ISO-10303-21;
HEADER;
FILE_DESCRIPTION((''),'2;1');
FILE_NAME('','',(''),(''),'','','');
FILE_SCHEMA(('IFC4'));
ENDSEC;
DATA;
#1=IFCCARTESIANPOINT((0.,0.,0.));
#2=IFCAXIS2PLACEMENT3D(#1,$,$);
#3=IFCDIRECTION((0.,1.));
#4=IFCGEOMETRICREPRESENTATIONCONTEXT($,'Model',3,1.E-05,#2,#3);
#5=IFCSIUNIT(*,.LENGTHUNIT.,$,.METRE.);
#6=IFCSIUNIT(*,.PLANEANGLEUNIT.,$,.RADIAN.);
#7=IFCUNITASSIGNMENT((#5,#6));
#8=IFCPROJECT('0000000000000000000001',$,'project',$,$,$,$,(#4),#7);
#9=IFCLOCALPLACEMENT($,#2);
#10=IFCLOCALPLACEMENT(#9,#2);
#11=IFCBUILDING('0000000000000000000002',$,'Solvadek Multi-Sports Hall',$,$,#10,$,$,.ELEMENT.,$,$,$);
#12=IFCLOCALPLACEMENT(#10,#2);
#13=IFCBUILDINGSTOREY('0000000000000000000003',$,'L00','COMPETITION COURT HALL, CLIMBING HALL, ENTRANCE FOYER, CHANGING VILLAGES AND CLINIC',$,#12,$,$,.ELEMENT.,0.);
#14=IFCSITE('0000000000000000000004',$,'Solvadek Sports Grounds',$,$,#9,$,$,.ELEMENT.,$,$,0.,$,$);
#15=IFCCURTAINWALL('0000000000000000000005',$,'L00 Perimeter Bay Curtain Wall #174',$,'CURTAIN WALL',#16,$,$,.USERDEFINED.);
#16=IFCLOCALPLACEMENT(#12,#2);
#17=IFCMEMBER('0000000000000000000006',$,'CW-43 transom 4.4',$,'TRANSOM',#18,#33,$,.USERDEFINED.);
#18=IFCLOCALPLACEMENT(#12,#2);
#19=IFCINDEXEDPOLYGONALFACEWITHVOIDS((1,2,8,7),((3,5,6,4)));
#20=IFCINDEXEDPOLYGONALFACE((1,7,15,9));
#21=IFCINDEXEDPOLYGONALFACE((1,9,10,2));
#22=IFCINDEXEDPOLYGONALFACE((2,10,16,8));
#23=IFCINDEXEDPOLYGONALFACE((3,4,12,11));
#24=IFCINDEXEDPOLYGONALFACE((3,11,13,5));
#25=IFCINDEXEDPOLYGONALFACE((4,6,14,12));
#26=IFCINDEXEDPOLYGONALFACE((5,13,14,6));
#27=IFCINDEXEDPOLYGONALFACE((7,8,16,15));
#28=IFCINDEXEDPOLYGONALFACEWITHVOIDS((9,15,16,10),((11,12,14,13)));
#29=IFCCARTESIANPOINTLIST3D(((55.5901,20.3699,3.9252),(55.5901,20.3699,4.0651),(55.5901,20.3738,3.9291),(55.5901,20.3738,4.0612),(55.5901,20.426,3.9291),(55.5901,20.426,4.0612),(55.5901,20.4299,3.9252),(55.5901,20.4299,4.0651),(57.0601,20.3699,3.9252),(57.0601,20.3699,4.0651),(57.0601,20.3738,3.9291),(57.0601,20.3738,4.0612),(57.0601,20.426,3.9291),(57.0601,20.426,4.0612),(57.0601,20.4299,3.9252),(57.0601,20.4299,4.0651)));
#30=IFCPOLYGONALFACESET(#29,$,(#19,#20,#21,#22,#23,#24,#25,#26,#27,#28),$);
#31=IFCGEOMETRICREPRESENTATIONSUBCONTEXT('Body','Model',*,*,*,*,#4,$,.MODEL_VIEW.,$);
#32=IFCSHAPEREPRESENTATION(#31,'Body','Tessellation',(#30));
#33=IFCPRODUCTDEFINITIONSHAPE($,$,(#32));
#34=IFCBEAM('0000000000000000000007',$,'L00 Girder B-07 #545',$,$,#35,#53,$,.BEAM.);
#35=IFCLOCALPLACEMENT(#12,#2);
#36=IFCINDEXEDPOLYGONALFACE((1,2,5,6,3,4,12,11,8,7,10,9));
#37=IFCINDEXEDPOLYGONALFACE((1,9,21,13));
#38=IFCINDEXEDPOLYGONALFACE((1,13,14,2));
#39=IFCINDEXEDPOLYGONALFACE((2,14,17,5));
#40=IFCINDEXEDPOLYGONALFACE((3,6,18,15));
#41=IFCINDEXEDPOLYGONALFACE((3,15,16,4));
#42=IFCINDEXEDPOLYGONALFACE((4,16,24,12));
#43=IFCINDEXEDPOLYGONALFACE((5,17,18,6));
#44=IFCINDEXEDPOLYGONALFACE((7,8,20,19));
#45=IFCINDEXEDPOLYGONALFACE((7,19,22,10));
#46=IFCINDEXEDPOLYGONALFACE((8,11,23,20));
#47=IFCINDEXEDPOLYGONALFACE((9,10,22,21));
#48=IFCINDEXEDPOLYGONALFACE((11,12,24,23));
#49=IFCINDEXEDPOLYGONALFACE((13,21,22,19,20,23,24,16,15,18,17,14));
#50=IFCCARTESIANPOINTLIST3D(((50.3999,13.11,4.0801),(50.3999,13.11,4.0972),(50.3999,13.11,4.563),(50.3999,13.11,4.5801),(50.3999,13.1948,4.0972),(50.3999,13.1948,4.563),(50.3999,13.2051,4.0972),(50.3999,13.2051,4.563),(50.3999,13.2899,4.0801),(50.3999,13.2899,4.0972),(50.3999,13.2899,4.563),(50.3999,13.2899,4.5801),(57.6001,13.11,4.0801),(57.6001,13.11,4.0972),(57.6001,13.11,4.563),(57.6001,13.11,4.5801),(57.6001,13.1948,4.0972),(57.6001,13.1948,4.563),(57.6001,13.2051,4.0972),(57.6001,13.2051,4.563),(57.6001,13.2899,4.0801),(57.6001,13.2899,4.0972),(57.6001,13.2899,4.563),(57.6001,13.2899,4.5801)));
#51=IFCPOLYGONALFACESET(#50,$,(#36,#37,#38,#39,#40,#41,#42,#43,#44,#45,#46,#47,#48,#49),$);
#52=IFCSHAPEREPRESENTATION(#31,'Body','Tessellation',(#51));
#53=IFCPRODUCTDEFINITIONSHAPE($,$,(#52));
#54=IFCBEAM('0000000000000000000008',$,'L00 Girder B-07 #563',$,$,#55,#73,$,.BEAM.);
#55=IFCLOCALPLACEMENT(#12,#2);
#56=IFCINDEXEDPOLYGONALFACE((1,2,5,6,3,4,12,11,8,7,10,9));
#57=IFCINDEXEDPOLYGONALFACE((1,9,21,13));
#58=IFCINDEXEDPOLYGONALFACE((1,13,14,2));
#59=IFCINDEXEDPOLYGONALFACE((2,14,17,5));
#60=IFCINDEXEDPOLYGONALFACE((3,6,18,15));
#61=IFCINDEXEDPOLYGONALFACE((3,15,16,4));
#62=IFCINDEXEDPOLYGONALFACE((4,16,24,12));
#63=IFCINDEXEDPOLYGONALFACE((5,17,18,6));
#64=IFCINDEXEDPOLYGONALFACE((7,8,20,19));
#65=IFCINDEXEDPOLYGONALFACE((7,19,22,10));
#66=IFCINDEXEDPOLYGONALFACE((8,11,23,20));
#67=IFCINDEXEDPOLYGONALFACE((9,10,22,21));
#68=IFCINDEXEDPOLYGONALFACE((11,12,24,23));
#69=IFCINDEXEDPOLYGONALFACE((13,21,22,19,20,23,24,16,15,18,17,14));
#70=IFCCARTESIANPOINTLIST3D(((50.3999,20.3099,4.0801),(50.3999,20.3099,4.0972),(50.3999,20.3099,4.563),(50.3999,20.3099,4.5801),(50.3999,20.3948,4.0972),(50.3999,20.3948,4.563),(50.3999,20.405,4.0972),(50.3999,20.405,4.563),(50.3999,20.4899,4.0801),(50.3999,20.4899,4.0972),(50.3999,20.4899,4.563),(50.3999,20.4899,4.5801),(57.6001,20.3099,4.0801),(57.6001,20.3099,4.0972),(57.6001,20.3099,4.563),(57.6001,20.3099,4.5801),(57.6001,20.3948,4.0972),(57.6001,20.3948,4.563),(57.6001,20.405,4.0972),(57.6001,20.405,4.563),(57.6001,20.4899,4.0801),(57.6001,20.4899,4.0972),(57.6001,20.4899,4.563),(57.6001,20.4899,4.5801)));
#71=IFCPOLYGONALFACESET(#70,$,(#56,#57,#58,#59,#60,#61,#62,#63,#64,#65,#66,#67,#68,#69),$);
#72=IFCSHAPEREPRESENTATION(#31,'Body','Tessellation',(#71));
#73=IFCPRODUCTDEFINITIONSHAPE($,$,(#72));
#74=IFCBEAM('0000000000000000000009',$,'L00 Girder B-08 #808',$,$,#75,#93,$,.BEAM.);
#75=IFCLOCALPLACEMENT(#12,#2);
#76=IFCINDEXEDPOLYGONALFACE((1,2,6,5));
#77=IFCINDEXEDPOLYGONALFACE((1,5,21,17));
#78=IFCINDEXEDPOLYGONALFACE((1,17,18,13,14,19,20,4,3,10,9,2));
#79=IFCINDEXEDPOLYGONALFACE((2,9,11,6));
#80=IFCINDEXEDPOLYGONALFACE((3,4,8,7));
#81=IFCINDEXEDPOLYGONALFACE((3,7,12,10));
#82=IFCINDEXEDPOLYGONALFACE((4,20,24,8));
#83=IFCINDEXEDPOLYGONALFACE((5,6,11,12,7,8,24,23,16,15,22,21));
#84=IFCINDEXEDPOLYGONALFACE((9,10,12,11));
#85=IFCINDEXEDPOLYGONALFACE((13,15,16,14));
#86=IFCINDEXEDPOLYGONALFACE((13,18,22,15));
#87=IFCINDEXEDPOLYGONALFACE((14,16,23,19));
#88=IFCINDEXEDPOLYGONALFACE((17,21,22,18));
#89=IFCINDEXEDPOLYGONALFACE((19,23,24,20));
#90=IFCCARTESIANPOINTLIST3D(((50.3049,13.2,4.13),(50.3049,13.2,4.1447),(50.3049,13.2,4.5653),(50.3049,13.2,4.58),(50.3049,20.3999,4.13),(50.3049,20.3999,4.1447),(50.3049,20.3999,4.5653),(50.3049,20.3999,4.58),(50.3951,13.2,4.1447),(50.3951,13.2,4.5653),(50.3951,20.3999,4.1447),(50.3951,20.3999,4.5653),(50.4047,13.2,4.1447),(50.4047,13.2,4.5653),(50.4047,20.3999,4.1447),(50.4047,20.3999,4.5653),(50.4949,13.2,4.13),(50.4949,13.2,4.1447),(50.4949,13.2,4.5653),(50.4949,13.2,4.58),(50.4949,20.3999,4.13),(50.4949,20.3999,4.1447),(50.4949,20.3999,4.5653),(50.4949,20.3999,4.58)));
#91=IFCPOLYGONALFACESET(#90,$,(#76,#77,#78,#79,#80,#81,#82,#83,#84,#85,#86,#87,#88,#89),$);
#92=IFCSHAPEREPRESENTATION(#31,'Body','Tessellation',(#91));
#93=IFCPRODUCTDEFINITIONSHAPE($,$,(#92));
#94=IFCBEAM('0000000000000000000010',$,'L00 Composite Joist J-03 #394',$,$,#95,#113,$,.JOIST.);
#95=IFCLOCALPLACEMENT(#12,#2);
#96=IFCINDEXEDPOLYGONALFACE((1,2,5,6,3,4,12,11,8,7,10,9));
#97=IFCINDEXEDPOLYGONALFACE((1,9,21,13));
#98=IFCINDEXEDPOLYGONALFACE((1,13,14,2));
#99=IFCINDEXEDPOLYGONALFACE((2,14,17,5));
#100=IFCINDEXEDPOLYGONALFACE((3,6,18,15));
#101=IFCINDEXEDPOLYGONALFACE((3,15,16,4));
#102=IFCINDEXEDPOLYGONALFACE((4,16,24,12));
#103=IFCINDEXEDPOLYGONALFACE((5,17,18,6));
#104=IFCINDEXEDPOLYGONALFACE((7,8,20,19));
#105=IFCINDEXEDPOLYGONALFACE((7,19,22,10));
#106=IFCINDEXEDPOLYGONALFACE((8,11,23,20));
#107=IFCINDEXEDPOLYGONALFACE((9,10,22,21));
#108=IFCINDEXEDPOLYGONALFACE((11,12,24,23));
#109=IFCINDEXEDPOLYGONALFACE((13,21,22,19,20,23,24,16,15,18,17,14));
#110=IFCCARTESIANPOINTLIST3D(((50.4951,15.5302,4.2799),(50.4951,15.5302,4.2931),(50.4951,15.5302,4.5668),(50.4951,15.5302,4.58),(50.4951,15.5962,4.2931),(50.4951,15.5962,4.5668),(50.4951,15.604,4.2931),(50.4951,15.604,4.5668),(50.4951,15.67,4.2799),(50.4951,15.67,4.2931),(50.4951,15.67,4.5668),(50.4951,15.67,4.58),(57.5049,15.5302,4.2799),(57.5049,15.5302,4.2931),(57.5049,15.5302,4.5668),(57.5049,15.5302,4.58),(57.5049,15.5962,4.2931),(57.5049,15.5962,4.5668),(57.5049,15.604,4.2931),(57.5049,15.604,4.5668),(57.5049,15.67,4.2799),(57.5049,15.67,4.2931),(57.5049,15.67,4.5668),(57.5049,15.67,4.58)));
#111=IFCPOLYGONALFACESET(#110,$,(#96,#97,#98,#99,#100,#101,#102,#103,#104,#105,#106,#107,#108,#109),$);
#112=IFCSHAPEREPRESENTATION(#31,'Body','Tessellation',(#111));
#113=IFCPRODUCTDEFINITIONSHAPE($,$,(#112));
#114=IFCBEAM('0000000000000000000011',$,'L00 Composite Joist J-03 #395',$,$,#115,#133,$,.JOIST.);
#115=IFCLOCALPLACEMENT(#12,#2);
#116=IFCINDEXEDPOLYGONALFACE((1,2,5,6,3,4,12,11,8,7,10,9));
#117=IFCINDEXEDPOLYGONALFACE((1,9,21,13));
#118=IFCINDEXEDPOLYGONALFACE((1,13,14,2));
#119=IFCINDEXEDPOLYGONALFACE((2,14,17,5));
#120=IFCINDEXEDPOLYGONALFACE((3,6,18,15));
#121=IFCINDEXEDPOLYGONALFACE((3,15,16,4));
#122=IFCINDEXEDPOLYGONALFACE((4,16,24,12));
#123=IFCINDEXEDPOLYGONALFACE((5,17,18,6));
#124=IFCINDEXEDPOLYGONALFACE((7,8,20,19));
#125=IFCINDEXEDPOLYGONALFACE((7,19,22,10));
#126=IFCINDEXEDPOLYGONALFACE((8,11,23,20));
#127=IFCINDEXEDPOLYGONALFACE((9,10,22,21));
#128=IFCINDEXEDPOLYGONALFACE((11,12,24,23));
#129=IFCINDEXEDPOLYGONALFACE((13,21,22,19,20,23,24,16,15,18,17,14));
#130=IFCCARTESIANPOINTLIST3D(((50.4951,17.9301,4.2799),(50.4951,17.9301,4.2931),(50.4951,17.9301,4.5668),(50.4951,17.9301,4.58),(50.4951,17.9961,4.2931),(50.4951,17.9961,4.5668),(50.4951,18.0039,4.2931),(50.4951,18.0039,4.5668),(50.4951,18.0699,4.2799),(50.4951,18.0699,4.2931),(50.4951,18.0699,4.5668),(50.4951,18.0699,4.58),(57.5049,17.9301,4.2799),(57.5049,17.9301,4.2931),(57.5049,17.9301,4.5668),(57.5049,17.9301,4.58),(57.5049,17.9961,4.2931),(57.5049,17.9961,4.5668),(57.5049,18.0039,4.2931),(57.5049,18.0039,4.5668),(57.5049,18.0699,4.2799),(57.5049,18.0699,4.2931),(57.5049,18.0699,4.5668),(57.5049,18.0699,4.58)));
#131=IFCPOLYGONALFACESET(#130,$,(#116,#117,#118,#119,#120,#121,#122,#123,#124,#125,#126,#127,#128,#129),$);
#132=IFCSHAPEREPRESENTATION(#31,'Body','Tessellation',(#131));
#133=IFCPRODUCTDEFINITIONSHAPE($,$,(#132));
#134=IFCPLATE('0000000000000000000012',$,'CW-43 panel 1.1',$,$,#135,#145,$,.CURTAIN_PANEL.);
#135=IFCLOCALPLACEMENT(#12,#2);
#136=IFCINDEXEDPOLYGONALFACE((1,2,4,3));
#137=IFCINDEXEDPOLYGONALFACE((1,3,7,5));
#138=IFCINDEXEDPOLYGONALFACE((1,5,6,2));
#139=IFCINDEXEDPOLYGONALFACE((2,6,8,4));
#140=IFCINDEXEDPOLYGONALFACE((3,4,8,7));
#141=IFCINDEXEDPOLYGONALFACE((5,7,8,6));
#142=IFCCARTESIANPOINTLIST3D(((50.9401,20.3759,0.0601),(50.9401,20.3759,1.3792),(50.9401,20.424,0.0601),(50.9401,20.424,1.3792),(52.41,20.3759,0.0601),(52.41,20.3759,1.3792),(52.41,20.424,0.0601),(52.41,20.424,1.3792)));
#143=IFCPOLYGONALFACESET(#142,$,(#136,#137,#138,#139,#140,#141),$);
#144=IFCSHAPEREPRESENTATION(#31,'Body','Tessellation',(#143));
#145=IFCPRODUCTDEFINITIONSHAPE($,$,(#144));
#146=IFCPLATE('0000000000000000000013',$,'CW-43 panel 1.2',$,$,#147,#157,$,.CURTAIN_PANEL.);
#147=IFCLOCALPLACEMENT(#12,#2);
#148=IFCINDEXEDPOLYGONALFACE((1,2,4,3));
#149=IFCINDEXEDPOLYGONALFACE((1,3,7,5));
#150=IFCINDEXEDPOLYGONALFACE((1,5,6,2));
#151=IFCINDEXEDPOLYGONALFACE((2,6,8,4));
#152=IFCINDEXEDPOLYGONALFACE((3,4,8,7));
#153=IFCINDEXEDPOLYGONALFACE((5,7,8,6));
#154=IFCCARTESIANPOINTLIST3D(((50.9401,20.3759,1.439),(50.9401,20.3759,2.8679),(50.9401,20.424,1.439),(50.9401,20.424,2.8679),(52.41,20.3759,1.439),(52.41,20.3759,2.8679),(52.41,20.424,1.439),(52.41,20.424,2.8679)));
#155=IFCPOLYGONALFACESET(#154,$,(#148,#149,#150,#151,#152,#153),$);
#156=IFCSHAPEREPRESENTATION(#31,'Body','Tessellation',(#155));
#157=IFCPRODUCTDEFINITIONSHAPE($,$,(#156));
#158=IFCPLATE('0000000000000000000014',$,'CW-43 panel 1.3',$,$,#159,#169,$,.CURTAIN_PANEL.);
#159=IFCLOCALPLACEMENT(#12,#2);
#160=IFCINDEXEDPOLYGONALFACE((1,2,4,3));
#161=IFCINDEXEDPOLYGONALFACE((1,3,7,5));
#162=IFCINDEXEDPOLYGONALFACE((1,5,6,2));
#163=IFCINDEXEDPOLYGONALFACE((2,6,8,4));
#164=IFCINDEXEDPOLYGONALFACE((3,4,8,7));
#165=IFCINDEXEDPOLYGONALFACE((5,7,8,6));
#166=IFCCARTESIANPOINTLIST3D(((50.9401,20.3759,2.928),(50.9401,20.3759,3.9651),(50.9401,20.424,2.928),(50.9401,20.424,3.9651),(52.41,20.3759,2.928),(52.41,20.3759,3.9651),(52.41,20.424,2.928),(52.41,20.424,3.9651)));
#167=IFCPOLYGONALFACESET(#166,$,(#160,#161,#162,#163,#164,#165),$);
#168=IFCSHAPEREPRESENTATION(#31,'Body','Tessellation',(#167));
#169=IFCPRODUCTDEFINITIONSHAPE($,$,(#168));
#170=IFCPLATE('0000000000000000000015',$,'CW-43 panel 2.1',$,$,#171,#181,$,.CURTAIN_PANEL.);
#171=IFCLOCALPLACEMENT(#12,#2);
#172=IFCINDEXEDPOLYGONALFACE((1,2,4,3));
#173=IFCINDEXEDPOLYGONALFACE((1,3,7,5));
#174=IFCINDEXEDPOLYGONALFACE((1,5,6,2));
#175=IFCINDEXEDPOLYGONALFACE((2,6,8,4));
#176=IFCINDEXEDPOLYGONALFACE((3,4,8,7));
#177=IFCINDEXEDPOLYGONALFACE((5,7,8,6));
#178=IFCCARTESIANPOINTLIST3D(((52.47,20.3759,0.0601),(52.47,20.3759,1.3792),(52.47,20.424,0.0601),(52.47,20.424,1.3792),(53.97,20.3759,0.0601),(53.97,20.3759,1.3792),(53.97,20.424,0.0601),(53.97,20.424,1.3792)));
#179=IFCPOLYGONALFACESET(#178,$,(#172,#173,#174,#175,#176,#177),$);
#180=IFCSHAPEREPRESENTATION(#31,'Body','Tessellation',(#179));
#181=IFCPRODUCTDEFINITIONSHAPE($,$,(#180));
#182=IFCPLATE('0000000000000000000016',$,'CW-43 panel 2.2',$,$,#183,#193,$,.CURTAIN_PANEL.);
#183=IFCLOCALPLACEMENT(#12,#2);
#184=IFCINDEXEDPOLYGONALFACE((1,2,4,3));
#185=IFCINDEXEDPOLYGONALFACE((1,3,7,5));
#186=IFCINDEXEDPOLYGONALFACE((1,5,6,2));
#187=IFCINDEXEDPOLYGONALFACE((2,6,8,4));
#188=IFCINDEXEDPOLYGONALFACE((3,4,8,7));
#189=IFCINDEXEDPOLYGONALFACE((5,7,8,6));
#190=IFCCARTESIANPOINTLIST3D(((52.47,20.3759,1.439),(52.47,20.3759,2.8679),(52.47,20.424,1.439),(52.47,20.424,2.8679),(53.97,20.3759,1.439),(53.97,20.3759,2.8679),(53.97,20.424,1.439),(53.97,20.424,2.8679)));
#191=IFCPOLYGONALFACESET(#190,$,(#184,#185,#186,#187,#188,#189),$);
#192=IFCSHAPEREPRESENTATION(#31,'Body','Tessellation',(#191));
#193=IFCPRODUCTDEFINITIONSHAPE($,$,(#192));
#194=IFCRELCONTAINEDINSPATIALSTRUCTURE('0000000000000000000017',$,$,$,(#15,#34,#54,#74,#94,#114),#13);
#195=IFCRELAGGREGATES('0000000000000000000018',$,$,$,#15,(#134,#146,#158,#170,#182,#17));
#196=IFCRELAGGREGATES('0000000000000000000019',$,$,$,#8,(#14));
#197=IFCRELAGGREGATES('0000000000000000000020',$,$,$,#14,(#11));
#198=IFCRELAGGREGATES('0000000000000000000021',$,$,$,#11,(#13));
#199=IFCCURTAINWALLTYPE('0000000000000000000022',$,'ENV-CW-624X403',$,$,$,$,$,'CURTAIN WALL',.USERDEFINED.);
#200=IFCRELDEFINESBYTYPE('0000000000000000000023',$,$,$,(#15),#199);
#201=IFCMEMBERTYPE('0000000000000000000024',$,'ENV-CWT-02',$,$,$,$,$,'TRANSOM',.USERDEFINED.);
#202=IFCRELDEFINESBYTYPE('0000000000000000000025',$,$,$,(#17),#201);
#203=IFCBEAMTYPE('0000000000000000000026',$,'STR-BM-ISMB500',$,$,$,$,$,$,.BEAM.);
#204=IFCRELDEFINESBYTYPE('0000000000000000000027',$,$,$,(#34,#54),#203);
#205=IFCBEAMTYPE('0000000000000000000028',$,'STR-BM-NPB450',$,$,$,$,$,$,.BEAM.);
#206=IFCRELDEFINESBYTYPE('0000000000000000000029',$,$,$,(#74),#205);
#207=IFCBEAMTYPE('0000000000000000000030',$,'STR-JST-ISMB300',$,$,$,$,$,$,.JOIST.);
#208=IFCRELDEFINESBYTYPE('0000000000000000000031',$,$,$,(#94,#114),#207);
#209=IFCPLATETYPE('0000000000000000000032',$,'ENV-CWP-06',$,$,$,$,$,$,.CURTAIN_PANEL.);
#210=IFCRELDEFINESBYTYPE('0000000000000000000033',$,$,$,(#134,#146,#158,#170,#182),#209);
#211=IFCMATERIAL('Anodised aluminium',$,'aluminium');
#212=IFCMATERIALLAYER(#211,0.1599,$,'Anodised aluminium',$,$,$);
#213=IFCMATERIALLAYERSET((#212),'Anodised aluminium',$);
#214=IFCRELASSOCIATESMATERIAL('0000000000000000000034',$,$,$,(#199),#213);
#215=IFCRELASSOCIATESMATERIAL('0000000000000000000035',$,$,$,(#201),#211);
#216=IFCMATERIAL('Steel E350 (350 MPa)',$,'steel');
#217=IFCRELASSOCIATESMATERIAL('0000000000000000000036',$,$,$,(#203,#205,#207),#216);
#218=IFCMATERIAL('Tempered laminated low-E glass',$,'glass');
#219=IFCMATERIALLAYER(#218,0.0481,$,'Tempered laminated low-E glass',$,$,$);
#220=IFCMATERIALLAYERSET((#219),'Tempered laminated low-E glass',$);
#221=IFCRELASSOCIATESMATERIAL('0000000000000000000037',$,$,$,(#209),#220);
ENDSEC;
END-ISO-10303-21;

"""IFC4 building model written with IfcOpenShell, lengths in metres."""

from ifc_helpers import new_model, si_unit, direction, frame, origin, origin_2d, place, context, subcontext, project, spatial, rectangle, hollow_rectangle, i_section, extrude, material, layer, layer_set, material_profile, profile_set, type_object, element, aggregate, save


model = new_model("IFC4")

# Units and contexts
model_context = context("Model", 3, precision=1e-05, world=origin(), true_north=direction((0.0, 1.0)))
body_context = subcontext(model_context, "Body", "Model", "MODEL_VIEW")
ifc_project = project(units=[si_unit("LENGTHUNIT", "METRE"), si_unit("PLANEANGLEUNIT", "RADIAN")], contexts=[model_context])

# Site, building, storey
site_placement = place(None, origin())
site = spatial("IfcSite", under=ifc_project, at=site_placement, Name="Solvadek Sports Grounds", CompositionType="ELEMENT", RefElevation=0.0)
building_placement = place(site_placement, origin())
building = spatial("IfcBuilding", under=site, at=building_placement, Name="Solvadek Multi-Sports Hall", CompositionType="ELEMENT")
storey_placement = place(building_placement, origin())
storey = spatial("IfcBuildingStorey", under=building, at=storey_placement, Name="L00", Description="COMPETITION COURT HALL, CLIMBING HALL, ENTRANCE FOYER, CHANGING VILLAGES AND CLINIC", CompositionType="ELEMENT", Elevation=0.0)

# Shared definitions
ifc_material_1 = material(Name="Steel E350 (350 MPa)", Category="steel")

# Curtain wall, member
ifc_material_2 = material(Name="Anodised aluminium", Category="aluminium")
ifc_layer_1 = layer(ifc_material_2, 0.1599, Name="Anodised aluminium")
ifc_layer_set_1 = layer_set([ifc_layer_1], Name="Anodised aluminium")
curtain_wall_type = type_object("IfcCurtainWallType", Name="ENV-CW-624X403", ElementType="CURTAIN WALL", PredefinedType="USERDEFINED", material=ifc_layer_set_1)
curtain_wall_placement = place(storey_placement, origin())
curtain_wall = element("IfcCurtainWall", 1, at=curtain_wall_placement, inside=storey, type_object=curtain_wall_type, Name="L00 Perimeter Bay Curtain Wall #174", ObjectType="CURTAIN WALL", PredefinedType="USERDEFINED")
ifc_material_profile_1 = material_profile(ifc_material_2, hollow_rectangle(XDim=0.0601, YDim=0.1399, WallThickness=0.0039, at=origin_2d()), Name="ALU-T 140x60x4")
ifc_profile_set_1 = profile_set([ifc_material_profile_1], Name="Anodised aluminium")
member_type_1 = type_object("IfcMemberType", Name="ENV-CWT-02", ElementType="TRANSOM", PredefinedType="USERDEFINED", material=ifc_profile_set_1)
member_1_placement = place(storey_placement, frame((55.5901, 20.3999, 3.9951), z_axis=(1.0, 0.0, 0.0), x_axis=(0.0, 1.0, 0.0)))
member_1 = element("IfcMember", 2, at=member_1_placement, type_object=member_type_1, Name="CW-43 transom 4.4", ObjectType="TRANSOM", PredefinedType="USERDEFINED", context=body_context, shape_type="SweptSolid", body=[
    extrude(hollow_rectangle(XDim=0.0601, YDim=0.1399, WallThickness=0.0039, at=origin_2d()), origin(), (0.0, 0.0, 1.0), 1.47),
])

# Beams
ifc_material_profile_2 = material_profile(ifc_material_1, i_section(OverallWidth=0.1799, OverallDepth=0.5, WebThickness=0.0103, FlangeThickness=0.0171, at=origin_2d()), Name="ISMB 500")
ifc_profile_set_2 = profile_set([ifc_material_profile_2], Name="Steel E350 (350 MPa)")
beam_type_1 = type_object("IfcBeamType", Name="STR-BM-ISMB500", PredefinedType="BEAM", material=ifc_profile_set_2)
for number, where, z_axis, x_axis, name in (
    (3, (50.3999, 13.2, 4.3301), (1.0, 0.0, 0.0), (0.0, 1.0, 0.0), "L00 Girder B-07 #545"),
    (4, (50.3999, 20.3999, 4.3301), (1.0, 0.0, 0.0), (0.0, 1.0, 0.0), "L00 Girder B-07 #563"),
):
    element("IfcBeam", number, at=place(storey_placement, frame(where, z_axis=z_axis, x_axis=x_axis)), inside=storey, type_object=beam_type_1, Name=name, PredefinedType="BEAM", context=body_context, shape_type="SweptSolid", body=[
        extrude(i_section(OverallWidth=0.1799, OverallDepth=0.5, WebThickness=0.0103, FlangeThickness=0.0171, at=origin_2d()), origin(), (0.0, 0.0, 1.0), 7.2002),
    ])
ifc_material_profile_3 = material_profile(ifc_material_1, i_section(OverallWidth=0.1899, OverallDepth=0.45, WebThickness=0.0095, FlangeThickness=0.0146, at=origin_2d()), Name="NPB 450")
ifc_profile_set_3 = profile_set([ifc_material_profile_3], Name="Steel E350 (350 MPa)")
beam_type_2 = type_object("IfcBeamType", Name="STR-BM-NPB450", PredefinedType="BEAM", material=ifc_profile_set_3)
beam_placement = place(storey_placement, frame((50.3999, 13.2, 4.355), z_axis=(0.0, 1.0, 0.0), x_axis=(-1.0, 0.0, 0.0)))
element("IfcBeam", 5, at=beam_placement, inside=storey, type_object=beam_type_2, Name="L00 Girder B-08 #808", PredefinedType="BEAM", context=body_context, shape_type="SweptSolid", body=[
    extrude(i_section(OverallWidth=0.1899, OverallDepth=0.45, WebThickness=0.0095, FlangeThickness=0.0146, at=origin_2d()), origin(), (0.0, 0.0, 1.0), 7.2),
])
ifc_material_profile_4 = material_profile(ifc_material_1, i_section(OverallWidth=0.1399, OverallDepth=0.3, WebThickness=0.0078, FlangeThickness=0.0132, at=origin_2d()), Name="ISMB 300")
ifc_profile_set_4 = profile_set([ifc_material_profile_4], Name="Steel E350 (350 MPa)")
beam_type_3 = type_object("IfcBeamType", Name="STR-JST-ISMB300", PredefinedType="JOIST", material=ifc_profile_set_4)
for number, where, z_axis, x_axis, name in (
    (6, (50.4951, 15.6001, 4.4299), (1.0, 0.0, 0.0), (0.0, 1.0, 0.0), "L00 Composite Joist J-03 #394"),
    (7, (50.4951, 18.0, 4.4299), (1.0, 0.0, 0.0), (0.0, 1.0, 0.0), "L00 Composite Joist J-03 #395"),
):
    element("IfcBeam", number, at=place(storey_placement, frame(where, z_axis=z_axis, x_axis=x_axis)), inside=storey, type_object=beam_type_3, Name=name, PredefinedType="JOIST", context=body_context, shape_type="SweptSolid", body=[
        extrude(i_section(OverallWidth=0.1399, OverallDepth=0.3, WebThickness=0.0078, FlangeThickness=0.0132, at=origin_2d()), origin(), (0.0, 0.0, 1.0), 7.0098),
    ])

# Plates
ifc_material_3 = material(Name="Tempered laminated low-E glass", Category="glass")
ifc_layer_2 = layer(ifc_material_3, 0.0481, Name="Tempered laminated low-E glass")
ifc_layer_set_2 = layer_set([ifc_layer_2], Name="Tempered laminated low-E glass")
plate_type = type_object("IfcPlateType", Name="ENV-CWP-06", PredefinedType="CURTAIN_PANEL", material=ifc_layer_set_2)
plate_1_placement = place(storey_placement, frame((51.675, 20.3999, 0.0601), z_axis=(0.0, 0.0, 1.0), x_axis=(1.0, 0.0, 0.0)))
plate_1 = element("IfcPlate", 8, at=plate_1_placement, type_object=plate_type, Name="CW-43 panel 1.1", PredefinedType="CURTAIN_PANEL", context=body_context, shape_type="SweptSolid", body=[
    extrude(rectangle(XDim=1.47, YDim=0.0481, at=origin_2d()), origin(), (0.0, 0.0, 1.0), 1.3191),
])
plate_2_placement = place(storey_placement, frame((51.675, 20.3999, 1.439), z_axis=(0.0, 0.0, 1.0), x_axis=(1.0, 0.0, 0.0)))
plate_2 = element("IfcPlate", 9, at=plate_2_placement, type_object=plate_type, Name="CW-43 panel 1.2", PredefinedType="CURTAIN_PANEL", context=body_context, shape_type="SweptSolid", body=[
    extrude(rectangle(XDim=1.47, YDim=0.0481, at=origin_2d()), origin(), (0.0, 0.0, 1.0), 1.429),
])
plate_3_placement = place(storey_placement, frame((51.675, 20.3999, 2.928), z_axis=(0.0, 0.0, 1.0), x_axis=(1.0, 0.0, 0.0)))
plate_3 = element("IfcPlate", 10, at=plate_3_placement, type_object=plate_type, Name="CW-43 panel 1.3", PredefinedType="CURTAIN_PANEL", context=body_context, shape_type="SweptSolid", body=[
    extrude(rectangle(XDim=1.47, YDim=0.0481, at=origin_2d()), origin(), (0.0, 0.0, 1.0), 1.0371),
])
plate_4_placement = place(storey_placement, frame((53.22, 20.3999, 0.0601), z_axis=(0.0, 0.0, 1.0), x_axis=(1.0, 0.0, 0.0)))
plate_4 = element("IfcPlate", 11, at=plate_4_placement, type_object=plate_type, Name="CW-43 panel 2.1", PredefinedType="CURTAIN_PANEL", context=body_context, shape_type="SweptSolid", body=[
    extrude(rectangle(XDim=1.5, YDim=0.0481, at=origin_2d()), origin(), (0.0, 0.0, 1.0), 1.3191),
])
plate_5_placement = place(storey_placement, frame((53.22, 20.3999, 1.439), z_axis=(0.0, 0.0, 1.0), x_axis=(1.0, 0.0, 0.0)))
plate_5 = element("IfcPlate", 12, at=plate_5_placement, type_object=plate_type, Name="CW-43 panel 2.2", PredefinedType="CURTAIN_PANEL", context=body_context, shape_type="SweptSolid", body=[
    extrude(rectangle(XDim=1.5, YDim=0.0481, at=origin_2d()), origin(), (0.0, 0.0, 1.0), 1.429),
])
aggregate(curtain_wall, [plate_1, plate_2, plate_3, plate_4, plate_5, member_1])

save(model, "model.ifc")
